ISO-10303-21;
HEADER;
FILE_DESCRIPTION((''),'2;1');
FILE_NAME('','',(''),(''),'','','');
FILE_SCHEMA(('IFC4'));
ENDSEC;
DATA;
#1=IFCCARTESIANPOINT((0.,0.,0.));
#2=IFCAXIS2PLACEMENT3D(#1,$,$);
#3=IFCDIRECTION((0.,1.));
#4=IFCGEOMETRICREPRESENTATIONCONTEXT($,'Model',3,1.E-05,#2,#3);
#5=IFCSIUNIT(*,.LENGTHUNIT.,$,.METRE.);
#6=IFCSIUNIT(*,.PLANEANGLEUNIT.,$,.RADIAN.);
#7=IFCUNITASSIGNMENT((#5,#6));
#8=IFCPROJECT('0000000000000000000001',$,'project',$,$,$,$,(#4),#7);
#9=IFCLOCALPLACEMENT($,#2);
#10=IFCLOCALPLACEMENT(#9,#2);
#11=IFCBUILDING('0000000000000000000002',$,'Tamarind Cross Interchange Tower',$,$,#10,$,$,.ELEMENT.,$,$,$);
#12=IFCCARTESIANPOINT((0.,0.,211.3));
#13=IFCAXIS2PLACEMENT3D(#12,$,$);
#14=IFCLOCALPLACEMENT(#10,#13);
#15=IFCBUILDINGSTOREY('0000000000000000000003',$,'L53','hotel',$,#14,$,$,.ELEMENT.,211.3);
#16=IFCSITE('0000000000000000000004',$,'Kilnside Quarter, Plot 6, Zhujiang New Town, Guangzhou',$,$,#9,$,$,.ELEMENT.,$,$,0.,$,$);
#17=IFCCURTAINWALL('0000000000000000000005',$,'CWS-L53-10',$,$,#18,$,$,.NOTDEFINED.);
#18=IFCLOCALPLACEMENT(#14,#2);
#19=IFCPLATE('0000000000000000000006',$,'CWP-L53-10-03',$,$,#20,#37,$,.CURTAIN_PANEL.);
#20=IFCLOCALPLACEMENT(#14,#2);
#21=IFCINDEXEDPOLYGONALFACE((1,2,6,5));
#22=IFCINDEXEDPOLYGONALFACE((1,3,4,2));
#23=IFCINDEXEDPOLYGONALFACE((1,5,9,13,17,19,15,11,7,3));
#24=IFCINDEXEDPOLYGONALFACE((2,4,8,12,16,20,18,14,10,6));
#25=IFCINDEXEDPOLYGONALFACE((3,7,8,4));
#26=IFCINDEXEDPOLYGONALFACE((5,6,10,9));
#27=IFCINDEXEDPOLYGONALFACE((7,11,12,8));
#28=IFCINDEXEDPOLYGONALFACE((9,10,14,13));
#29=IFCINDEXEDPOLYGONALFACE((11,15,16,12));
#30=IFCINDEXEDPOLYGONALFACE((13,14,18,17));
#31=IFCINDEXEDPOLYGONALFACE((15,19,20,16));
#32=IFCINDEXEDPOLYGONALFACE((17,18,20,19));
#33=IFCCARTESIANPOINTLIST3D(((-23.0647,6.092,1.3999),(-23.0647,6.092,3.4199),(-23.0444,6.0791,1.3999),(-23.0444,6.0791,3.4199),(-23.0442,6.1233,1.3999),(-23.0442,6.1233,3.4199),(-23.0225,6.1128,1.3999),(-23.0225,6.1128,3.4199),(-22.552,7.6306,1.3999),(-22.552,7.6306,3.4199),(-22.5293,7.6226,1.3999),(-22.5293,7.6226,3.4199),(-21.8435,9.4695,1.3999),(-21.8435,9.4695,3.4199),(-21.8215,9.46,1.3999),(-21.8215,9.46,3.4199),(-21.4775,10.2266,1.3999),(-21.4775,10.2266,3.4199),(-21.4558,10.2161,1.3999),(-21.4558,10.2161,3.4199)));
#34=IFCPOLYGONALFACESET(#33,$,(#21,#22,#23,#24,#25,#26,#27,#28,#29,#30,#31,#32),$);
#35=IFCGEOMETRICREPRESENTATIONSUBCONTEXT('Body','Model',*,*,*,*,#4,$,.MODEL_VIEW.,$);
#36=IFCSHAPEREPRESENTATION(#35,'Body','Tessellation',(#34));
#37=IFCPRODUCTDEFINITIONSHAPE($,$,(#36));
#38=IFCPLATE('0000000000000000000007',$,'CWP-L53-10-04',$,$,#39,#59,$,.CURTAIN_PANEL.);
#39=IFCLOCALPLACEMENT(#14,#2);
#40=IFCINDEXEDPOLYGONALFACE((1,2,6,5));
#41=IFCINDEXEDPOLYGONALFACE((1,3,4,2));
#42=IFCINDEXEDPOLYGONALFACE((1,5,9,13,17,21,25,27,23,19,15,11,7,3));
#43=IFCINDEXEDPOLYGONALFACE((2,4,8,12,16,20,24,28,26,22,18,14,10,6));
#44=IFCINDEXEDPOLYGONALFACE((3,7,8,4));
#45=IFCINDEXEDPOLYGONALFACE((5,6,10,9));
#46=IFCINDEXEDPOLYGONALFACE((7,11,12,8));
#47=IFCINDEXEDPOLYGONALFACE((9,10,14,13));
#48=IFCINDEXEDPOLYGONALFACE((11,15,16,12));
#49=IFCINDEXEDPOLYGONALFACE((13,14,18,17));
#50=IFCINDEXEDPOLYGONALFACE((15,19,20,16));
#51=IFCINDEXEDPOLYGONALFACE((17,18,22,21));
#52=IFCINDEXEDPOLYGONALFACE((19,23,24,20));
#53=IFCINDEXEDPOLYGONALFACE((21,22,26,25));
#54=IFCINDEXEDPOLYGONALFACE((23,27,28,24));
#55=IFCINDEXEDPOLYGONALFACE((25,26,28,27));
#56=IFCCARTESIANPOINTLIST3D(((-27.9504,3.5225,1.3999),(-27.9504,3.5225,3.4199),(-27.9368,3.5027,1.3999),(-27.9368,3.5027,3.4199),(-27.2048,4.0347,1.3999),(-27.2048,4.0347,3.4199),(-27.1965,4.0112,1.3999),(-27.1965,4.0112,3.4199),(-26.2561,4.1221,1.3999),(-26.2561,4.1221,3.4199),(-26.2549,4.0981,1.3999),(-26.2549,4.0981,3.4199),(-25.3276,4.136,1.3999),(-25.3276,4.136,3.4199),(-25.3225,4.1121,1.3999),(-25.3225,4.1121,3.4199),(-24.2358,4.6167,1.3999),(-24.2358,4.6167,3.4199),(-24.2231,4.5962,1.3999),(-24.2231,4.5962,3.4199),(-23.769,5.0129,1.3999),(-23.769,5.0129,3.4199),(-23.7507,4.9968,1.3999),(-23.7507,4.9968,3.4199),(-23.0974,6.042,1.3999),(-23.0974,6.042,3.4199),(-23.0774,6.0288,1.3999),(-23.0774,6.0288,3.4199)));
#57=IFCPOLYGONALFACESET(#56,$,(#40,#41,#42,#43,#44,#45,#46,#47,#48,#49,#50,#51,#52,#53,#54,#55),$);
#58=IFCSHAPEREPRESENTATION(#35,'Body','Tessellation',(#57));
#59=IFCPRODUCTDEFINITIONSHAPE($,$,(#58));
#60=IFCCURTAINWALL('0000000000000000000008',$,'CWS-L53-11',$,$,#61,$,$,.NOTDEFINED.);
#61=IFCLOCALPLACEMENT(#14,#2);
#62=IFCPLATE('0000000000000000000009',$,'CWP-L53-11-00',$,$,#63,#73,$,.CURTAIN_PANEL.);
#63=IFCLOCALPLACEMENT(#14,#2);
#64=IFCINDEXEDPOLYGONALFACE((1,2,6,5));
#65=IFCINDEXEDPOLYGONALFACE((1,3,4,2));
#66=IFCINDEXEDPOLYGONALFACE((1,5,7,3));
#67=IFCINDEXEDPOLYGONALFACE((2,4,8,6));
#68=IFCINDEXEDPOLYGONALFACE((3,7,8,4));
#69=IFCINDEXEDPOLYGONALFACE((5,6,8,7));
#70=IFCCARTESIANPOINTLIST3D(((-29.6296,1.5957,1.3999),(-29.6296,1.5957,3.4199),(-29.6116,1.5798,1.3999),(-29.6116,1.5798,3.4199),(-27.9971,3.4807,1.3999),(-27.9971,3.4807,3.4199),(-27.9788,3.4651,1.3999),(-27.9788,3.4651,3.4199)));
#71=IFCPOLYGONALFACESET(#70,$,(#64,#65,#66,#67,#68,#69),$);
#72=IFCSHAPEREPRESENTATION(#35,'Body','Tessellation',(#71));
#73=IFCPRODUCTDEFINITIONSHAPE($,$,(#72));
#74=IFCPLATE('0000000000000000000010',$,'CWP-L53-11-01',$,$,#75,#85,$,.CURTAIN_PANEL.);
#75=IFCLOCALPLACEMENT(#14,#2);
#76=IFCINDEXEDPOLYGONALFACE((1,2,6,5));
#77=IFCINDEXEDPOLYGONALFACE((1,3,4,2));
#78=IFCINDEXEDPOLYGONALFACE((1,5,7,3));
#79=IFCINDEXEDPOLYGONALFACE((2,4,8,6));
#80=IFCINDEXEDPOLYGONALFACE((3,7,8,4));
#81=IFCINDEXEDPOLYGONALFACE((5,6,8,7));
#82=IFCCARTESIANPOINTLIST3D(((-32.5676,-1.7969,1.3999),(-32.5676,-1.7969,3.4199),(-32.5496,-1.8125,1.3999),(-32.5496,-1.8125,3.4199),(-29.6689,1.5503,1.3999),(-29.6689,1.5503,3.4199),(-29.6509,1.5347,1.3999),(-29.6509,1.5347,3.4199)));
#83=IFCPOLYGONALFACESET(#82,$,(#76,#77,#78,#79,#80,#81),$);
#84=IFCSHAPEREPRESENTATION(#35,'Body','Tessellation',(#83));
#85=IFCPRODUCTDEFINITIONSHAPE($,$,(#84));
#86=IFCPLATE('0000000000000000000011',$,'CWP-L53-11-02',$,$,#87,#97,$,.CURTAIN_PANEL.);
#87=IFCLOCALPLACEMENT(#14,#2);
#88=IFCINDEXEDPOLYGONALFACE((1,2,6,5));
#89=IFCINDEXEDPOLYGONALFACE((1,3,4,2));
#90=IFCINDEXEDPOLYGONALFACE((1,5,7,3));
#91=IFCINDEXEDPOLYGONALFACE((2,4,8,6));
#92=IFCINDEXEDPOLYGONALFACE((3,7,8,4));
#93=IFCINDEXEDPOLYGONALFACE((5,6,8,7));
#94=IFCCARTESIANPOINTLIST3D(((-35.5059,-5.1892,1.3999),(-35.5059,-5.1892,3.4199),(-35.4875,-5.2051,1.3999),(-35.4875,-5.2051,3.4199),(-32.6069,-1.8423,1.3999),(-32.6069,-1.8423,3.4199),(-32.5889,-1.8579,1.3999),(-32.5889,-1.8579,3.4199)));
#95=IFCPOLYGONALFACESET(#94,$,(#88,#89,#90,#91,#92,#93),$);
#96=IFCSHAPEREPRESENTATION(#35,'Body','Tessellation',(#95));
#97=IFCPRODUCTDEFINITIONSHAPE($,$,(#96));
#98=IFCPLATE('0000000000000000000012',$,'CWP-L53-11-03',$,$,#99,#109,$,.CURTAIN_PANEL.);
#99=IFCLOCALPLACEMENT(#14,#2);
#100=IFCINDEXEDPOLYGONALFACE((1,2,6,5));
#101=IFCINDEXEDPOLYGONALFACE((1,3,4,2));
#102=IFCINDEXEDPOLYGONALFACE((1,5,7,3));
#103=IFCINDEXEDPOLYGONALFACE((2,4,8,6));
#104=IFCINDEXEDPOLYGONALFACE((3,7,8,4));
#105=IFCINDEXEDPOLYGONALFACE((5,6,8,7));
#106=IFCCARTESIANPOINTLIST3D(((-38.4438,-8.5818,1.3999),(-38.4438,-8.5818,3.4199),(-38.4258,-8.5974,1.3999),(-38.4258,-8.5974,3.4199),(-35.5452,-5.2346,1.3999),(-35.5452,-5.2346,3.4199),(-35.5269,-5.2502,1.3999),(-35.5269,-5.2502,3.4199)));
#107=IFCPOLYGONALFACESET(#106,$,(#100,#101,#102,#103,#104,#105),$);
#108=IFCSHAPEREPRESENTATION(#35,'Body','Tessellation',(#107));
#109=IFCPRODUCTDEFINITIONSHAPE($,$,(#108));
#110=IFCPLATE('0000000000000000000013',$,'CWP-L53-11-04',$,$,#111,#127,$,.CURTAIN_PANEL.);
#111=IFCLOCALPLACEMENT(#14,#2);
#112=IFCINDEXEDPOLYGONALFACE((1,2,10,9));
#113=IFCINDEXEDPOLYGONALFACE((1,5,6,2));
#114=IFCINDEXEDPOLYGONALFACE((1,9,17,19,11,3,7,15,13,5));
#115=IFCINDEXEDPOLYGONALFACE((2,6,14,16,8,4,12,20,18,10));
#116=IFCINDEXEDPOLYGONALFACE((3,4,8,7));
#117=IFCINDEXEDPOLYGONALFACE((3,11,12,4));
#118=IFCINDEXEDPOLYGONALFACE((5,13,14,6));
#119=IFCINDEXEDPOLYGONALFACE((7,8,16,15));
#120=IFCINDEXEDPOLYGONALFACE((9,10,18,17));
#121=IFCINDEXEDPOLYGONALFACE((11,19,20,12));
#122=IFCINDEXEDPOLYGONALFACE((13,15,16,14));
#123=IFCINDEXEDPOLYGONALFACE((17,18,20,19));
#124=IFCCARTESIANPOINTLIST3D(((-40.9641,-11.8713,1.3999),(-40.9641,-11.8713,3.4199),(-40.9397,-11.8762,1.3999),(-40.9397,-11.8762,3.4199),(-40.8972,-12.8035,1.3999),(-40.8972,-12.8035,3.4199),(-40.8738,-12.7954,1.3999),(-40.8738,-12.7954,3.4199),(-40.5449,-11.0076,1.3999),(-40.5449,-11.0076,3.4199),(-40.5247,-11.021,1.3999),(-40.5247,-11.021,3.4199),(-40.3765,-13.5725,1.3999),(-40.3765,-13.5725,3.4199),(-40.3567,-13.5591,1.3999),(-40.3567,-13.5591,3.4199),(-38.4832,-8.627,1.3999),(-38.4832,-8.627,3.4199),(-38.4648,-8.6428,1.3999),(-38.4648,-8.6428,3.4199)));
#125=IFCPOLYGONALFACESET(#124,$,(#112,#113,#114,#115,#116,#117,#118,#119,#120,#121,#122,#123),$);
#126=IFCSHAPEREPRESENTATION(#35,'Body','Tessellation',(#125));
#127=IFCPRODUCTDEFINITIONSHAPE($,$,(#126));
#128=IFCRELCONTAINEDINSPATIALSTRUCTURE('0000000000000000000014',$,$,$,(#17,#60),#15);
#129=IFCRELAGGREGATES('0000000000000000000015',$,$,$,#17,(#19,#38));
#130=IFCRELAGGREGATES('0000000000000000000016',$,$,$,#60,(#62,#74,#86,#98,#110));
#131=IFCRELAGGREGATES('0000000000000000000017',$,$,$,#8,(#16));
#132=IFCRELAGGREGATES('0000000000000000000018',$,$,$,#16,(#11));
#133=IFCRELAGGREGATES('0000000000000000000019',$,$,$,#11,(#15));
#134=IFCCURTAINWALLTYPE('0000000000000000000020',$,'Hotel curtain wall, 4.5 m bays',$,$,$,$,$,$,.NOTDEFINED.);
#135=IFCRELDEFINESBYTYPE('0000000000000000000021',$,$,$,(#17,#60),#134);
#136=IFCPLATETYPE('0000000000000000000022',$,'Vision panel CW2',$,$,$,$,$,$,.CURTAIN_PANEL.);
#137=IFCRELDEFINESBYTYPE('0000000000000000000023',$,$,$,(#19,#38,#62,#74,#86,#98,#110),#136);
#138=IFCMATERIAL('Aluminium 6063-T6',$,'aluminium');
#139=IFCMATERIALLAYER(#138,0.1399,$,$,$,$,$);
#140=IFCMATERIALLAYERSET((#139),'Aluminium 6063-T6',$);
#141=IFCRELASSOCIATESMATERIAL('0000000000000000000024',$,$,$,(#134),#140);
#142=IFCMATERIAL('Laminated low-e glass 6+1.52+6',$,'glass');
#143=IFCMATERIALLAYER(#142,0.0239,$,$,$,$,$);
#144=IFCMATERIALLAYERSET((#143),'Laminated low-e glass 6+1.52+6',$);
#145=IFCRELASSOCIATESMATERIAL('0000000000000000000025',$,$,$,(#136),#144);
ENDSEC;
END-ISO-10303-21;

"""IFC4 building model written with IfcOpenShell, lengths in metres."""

from ifc_helpers import new_model, si_unit, direction, frame, origin, place, context, subcontext, project, spatial, polyline, outline, extrude, material, layer, layer_set, type_object, element, aggregate, save


model = new_model("IFC4")

# Units and contexts
model_context = context("Model", 3, precision=1e-05, world=origin(), true_north=direction((0.0, 1.0)))
body_context = subcontext(model_context, "Body", "Model", "MODEL_VIEW")
ifc_project = project(units=[si_unit("LENGTHUNIT", "METRE"), si_unit("PLANEANGLEUNIT", "RADIAN")], contexts=[model_context])

# Site, building, storey
site_placement = place(None, origin())
site = spatial("IfcSite", under=ifc_project, at=site_placement, Name="Kilnside Quarter, Plot 6, Zhujiang New Town, Guangzhou", CompositionType="ELEMENT", RefElevation=0.0)
building_placement = place(site_placement, origin())
building = spatial("IfcBuilding", under=site, at=building_placement, Name="Tamarind Cross Interchange Tower", CompositionType="ELEMENT")
storey_placement = place(building_placement, frame((0.0, 0.0, 211.3)))
storey = spatial("IfcBuildingStorey", under=building, at=storey_placement, Name="L53", Description="hotel", CompositionType="ELEMENT", Elevation=211.3)

# Curtain walls, plates
ifc_material_1 = material(Name="Aluminium 6063-T6", Category="aluminium")
ifc_layer_1 = layer(ifc_material_1, 0.1399)
ifc_layer_set_1 = layer_set([ifc_layer_1], Name="Aluminium 6063-T6")
curtain_wall_type = type_object("IfcCurtainWallType", Name="Hotel curtain wall, 4.5 m bays", PredefinedType="NOTDEFINED", material=ifc_layer_set_1)
ifc_material_2 = material(Name="Laminated low-e glass 6+1.52+6", Category="glass")
ifc_layer_2 = layer(ifc_material_2, 0.0239)
ifc_layer_set_2 = layer_set([ifc_layer_2], Name="Laminated low-e glass 6+1.52+6")
plate_type = type_object("IfcPlateType", Name="Vision panel CW2", PredefinedType="CURTAIN_PANEL", material=ifc_layer_set_2)
curtain_wall_1_placement = place(storey_placement, origin())
curtain_wall_1 = element("IfcCurtainWall", 1, at=curtain_wall_1_placement, inside=storey, type_object=curtain_wall_type, Name="CWS-L53-10", PredefinedType="NOTDEFINED")
plate_1_placement = place(storey_placement, frame((0.0, 0.0, 1.3999)))
plate_1 = element("IfcPlate", 2, at=plate_1_placement, type_object=plate_type, Name="CWP-L53-10-03", PredefinedType="CURTAIN_PANEL", context=body_context, shape_type="SweptSolid", body=[
    extrude(outline(polyline([(-21.4558, 10.2161), (-21.8215, 9.46), (-22.5293, 7.6226), (-23.0225, 6.1128), (-23.0444, 6.0791), (-23.0647, 6.092), (-23.0442, 6.1233), (-22.552, 7.6306), (-21.8435, 9.4695), (-21.4775, 10.2266), (-21.4558, 10.2161)])), origin(), (0.0, 0.0, 1.0), 2.02),
])
plate_2_placement = place(storey_placement, frame((0.0, 0.0, 1.3999)))
plate_2 = element("IfcPlate", 3, at=plate_2_placement, type_object=plate_type, Name="CWP-L53-10-04", PredefinedType="CURTAIN_PANEL", context=body_context, shape_type="SweptSolid", body=[
    extrude(outline(polyline([(-23.0774, 6.0288), (-23.7507, 4.9968), (-24.2231, 4.5962), (-25.3225, 4.1121), (-26.2549, 4.0981), (-27.1965, 4.0112), (-27.9368, 3.5027), (-27.9504, 3.5225), (-27.2048, 4.0347), (-26.2561, 4.1221), (-25.3276, 4.136), (-24.2358, 4.6167), (-23.769, 5.0129), (-23.0974, 6.042), (-23.0774, 6.0288)])), origin(), (0.0, 0.0, 1.0), 2.02),
])
aggregate(curtain_wall_1, [plate_1, plate_2])
curtain_wall_2_placement = place(storey_placement, origin())
curtain_wall_2 = element("IfcCurtainWall", 4, at=curtain_wall_2_placement, inside=storey, type_object=curtain_wall_type, Name="CWS-L53-11", PredefinedType="NOTDEFINED")
plate_3_placement = place(storey_placement, frame((0.0, 0.0, 1.3999)))
plate_3 = element("IfcPlate", 5, at=plate_3_placement, type_object=plate_type, Name="CWP-L53-11-00", PredefinedType="CURTAIN_PANEL", context=body_context, shape_type="SweptSolid", body=[
    extrude(outline(polyline([(-27.9788, 3.4651), (-29.6116, 1.5798), (-29.6296, 1.5957), (-27.9971, 3.4807), (-27.9788, 3.4651)])), origin(), (0.0, 0.0, 1.0), 2.02),
])
plate_4_placement = place(storey_placement, frame((0.0, 0.0, 1.3999)))
plate_4 = element("IfcPlate", 6, at=plate_4_placement, type_object=plate_type, Name="CWP-L53-11-01", PredefinedType="CURTAIN_PANEL", context=body_context, shape_type="SweptSolid", body=[
    extrude(outline(polyline([(-29.6509, 1.5347), (-32.5496, -1.8125), (-32.5676, -1.7969), (-29.6689, 1.5503), (-29.6509, 1.5347)])), origin(), (0.0, 0.0, 1.0), 2.02),
])
plate_5_placement = place(storey_placement, frame((0.0, 0.0, 1.3999)))
plate_5 = element("IfcPlate", 7, at=plate_5_placement, type_object=plate_type, Name="CWP-L53-11-02", PredefinedType="CURTAIN_PANEL", context=body_context, shape_type="SweptSolid", body=[
    extrude(outline(polyline([(-32.5889, -1.8579), (-35.4875, -5.2051), (-35.5059, -5.1892), (-32.6069, -1.8423), (-32.5889, -1.8579)])), origin(), (0.0, 0.0, 1.0), 2.02),
])
plate_6_placement = place(storey_placement, frame((0.0, 0.0, 1.3999)))
plate_6 = element("IfcPlate", 8, at=plate_6_placement, type_object=plate_type, Name="CWP-L53-11-03", PredefinedType="CURTAIN_PANEL", context=body_context, shape_type="SweptSolid", body=[
    extrude(outline(polyline([(-35.5269, -5.2502), (-38.4258, -8.5974), (-38.4438, -8.5818), (-35.5452, -5.2346), (-35.5269, -5.2502)])), origin(), (0.0, 0.0, 1.0), 2.02),
])
plate_7_placement = place(storey_placement, frame((0.0, 0.0, 1.3999)))
plate_7 = element("IfcPlate", 9, at=plate_7_placement, type_object=plate_type, Name="CWP-L53-11-04", PredefinedType="CURTAIN_PANEL", context=body_context, shape_type="SweptSolid", body=[
    extrude(outline(polyline([(-38.4648, -8.6428), (-40.5247, -11.021), (-40.9397, -11.8762), (-40.8738, -12.7954), (-40.3567, -13.5591), (-40.3765, -13.5725), (-40.8972, -12.8035), (-40.9641, -11.8713), (-40.5449, -11.0076), (-38.4832, -8.627), (-38.4648, -8.6428)])), origin(), (0.0, 0.0, 1.0), 2.02),
])
aggregate(curtain_wall_2, [plate_3, plate_4, plate_5, plate_6, plate_7])

save(model, "model.ifc")
